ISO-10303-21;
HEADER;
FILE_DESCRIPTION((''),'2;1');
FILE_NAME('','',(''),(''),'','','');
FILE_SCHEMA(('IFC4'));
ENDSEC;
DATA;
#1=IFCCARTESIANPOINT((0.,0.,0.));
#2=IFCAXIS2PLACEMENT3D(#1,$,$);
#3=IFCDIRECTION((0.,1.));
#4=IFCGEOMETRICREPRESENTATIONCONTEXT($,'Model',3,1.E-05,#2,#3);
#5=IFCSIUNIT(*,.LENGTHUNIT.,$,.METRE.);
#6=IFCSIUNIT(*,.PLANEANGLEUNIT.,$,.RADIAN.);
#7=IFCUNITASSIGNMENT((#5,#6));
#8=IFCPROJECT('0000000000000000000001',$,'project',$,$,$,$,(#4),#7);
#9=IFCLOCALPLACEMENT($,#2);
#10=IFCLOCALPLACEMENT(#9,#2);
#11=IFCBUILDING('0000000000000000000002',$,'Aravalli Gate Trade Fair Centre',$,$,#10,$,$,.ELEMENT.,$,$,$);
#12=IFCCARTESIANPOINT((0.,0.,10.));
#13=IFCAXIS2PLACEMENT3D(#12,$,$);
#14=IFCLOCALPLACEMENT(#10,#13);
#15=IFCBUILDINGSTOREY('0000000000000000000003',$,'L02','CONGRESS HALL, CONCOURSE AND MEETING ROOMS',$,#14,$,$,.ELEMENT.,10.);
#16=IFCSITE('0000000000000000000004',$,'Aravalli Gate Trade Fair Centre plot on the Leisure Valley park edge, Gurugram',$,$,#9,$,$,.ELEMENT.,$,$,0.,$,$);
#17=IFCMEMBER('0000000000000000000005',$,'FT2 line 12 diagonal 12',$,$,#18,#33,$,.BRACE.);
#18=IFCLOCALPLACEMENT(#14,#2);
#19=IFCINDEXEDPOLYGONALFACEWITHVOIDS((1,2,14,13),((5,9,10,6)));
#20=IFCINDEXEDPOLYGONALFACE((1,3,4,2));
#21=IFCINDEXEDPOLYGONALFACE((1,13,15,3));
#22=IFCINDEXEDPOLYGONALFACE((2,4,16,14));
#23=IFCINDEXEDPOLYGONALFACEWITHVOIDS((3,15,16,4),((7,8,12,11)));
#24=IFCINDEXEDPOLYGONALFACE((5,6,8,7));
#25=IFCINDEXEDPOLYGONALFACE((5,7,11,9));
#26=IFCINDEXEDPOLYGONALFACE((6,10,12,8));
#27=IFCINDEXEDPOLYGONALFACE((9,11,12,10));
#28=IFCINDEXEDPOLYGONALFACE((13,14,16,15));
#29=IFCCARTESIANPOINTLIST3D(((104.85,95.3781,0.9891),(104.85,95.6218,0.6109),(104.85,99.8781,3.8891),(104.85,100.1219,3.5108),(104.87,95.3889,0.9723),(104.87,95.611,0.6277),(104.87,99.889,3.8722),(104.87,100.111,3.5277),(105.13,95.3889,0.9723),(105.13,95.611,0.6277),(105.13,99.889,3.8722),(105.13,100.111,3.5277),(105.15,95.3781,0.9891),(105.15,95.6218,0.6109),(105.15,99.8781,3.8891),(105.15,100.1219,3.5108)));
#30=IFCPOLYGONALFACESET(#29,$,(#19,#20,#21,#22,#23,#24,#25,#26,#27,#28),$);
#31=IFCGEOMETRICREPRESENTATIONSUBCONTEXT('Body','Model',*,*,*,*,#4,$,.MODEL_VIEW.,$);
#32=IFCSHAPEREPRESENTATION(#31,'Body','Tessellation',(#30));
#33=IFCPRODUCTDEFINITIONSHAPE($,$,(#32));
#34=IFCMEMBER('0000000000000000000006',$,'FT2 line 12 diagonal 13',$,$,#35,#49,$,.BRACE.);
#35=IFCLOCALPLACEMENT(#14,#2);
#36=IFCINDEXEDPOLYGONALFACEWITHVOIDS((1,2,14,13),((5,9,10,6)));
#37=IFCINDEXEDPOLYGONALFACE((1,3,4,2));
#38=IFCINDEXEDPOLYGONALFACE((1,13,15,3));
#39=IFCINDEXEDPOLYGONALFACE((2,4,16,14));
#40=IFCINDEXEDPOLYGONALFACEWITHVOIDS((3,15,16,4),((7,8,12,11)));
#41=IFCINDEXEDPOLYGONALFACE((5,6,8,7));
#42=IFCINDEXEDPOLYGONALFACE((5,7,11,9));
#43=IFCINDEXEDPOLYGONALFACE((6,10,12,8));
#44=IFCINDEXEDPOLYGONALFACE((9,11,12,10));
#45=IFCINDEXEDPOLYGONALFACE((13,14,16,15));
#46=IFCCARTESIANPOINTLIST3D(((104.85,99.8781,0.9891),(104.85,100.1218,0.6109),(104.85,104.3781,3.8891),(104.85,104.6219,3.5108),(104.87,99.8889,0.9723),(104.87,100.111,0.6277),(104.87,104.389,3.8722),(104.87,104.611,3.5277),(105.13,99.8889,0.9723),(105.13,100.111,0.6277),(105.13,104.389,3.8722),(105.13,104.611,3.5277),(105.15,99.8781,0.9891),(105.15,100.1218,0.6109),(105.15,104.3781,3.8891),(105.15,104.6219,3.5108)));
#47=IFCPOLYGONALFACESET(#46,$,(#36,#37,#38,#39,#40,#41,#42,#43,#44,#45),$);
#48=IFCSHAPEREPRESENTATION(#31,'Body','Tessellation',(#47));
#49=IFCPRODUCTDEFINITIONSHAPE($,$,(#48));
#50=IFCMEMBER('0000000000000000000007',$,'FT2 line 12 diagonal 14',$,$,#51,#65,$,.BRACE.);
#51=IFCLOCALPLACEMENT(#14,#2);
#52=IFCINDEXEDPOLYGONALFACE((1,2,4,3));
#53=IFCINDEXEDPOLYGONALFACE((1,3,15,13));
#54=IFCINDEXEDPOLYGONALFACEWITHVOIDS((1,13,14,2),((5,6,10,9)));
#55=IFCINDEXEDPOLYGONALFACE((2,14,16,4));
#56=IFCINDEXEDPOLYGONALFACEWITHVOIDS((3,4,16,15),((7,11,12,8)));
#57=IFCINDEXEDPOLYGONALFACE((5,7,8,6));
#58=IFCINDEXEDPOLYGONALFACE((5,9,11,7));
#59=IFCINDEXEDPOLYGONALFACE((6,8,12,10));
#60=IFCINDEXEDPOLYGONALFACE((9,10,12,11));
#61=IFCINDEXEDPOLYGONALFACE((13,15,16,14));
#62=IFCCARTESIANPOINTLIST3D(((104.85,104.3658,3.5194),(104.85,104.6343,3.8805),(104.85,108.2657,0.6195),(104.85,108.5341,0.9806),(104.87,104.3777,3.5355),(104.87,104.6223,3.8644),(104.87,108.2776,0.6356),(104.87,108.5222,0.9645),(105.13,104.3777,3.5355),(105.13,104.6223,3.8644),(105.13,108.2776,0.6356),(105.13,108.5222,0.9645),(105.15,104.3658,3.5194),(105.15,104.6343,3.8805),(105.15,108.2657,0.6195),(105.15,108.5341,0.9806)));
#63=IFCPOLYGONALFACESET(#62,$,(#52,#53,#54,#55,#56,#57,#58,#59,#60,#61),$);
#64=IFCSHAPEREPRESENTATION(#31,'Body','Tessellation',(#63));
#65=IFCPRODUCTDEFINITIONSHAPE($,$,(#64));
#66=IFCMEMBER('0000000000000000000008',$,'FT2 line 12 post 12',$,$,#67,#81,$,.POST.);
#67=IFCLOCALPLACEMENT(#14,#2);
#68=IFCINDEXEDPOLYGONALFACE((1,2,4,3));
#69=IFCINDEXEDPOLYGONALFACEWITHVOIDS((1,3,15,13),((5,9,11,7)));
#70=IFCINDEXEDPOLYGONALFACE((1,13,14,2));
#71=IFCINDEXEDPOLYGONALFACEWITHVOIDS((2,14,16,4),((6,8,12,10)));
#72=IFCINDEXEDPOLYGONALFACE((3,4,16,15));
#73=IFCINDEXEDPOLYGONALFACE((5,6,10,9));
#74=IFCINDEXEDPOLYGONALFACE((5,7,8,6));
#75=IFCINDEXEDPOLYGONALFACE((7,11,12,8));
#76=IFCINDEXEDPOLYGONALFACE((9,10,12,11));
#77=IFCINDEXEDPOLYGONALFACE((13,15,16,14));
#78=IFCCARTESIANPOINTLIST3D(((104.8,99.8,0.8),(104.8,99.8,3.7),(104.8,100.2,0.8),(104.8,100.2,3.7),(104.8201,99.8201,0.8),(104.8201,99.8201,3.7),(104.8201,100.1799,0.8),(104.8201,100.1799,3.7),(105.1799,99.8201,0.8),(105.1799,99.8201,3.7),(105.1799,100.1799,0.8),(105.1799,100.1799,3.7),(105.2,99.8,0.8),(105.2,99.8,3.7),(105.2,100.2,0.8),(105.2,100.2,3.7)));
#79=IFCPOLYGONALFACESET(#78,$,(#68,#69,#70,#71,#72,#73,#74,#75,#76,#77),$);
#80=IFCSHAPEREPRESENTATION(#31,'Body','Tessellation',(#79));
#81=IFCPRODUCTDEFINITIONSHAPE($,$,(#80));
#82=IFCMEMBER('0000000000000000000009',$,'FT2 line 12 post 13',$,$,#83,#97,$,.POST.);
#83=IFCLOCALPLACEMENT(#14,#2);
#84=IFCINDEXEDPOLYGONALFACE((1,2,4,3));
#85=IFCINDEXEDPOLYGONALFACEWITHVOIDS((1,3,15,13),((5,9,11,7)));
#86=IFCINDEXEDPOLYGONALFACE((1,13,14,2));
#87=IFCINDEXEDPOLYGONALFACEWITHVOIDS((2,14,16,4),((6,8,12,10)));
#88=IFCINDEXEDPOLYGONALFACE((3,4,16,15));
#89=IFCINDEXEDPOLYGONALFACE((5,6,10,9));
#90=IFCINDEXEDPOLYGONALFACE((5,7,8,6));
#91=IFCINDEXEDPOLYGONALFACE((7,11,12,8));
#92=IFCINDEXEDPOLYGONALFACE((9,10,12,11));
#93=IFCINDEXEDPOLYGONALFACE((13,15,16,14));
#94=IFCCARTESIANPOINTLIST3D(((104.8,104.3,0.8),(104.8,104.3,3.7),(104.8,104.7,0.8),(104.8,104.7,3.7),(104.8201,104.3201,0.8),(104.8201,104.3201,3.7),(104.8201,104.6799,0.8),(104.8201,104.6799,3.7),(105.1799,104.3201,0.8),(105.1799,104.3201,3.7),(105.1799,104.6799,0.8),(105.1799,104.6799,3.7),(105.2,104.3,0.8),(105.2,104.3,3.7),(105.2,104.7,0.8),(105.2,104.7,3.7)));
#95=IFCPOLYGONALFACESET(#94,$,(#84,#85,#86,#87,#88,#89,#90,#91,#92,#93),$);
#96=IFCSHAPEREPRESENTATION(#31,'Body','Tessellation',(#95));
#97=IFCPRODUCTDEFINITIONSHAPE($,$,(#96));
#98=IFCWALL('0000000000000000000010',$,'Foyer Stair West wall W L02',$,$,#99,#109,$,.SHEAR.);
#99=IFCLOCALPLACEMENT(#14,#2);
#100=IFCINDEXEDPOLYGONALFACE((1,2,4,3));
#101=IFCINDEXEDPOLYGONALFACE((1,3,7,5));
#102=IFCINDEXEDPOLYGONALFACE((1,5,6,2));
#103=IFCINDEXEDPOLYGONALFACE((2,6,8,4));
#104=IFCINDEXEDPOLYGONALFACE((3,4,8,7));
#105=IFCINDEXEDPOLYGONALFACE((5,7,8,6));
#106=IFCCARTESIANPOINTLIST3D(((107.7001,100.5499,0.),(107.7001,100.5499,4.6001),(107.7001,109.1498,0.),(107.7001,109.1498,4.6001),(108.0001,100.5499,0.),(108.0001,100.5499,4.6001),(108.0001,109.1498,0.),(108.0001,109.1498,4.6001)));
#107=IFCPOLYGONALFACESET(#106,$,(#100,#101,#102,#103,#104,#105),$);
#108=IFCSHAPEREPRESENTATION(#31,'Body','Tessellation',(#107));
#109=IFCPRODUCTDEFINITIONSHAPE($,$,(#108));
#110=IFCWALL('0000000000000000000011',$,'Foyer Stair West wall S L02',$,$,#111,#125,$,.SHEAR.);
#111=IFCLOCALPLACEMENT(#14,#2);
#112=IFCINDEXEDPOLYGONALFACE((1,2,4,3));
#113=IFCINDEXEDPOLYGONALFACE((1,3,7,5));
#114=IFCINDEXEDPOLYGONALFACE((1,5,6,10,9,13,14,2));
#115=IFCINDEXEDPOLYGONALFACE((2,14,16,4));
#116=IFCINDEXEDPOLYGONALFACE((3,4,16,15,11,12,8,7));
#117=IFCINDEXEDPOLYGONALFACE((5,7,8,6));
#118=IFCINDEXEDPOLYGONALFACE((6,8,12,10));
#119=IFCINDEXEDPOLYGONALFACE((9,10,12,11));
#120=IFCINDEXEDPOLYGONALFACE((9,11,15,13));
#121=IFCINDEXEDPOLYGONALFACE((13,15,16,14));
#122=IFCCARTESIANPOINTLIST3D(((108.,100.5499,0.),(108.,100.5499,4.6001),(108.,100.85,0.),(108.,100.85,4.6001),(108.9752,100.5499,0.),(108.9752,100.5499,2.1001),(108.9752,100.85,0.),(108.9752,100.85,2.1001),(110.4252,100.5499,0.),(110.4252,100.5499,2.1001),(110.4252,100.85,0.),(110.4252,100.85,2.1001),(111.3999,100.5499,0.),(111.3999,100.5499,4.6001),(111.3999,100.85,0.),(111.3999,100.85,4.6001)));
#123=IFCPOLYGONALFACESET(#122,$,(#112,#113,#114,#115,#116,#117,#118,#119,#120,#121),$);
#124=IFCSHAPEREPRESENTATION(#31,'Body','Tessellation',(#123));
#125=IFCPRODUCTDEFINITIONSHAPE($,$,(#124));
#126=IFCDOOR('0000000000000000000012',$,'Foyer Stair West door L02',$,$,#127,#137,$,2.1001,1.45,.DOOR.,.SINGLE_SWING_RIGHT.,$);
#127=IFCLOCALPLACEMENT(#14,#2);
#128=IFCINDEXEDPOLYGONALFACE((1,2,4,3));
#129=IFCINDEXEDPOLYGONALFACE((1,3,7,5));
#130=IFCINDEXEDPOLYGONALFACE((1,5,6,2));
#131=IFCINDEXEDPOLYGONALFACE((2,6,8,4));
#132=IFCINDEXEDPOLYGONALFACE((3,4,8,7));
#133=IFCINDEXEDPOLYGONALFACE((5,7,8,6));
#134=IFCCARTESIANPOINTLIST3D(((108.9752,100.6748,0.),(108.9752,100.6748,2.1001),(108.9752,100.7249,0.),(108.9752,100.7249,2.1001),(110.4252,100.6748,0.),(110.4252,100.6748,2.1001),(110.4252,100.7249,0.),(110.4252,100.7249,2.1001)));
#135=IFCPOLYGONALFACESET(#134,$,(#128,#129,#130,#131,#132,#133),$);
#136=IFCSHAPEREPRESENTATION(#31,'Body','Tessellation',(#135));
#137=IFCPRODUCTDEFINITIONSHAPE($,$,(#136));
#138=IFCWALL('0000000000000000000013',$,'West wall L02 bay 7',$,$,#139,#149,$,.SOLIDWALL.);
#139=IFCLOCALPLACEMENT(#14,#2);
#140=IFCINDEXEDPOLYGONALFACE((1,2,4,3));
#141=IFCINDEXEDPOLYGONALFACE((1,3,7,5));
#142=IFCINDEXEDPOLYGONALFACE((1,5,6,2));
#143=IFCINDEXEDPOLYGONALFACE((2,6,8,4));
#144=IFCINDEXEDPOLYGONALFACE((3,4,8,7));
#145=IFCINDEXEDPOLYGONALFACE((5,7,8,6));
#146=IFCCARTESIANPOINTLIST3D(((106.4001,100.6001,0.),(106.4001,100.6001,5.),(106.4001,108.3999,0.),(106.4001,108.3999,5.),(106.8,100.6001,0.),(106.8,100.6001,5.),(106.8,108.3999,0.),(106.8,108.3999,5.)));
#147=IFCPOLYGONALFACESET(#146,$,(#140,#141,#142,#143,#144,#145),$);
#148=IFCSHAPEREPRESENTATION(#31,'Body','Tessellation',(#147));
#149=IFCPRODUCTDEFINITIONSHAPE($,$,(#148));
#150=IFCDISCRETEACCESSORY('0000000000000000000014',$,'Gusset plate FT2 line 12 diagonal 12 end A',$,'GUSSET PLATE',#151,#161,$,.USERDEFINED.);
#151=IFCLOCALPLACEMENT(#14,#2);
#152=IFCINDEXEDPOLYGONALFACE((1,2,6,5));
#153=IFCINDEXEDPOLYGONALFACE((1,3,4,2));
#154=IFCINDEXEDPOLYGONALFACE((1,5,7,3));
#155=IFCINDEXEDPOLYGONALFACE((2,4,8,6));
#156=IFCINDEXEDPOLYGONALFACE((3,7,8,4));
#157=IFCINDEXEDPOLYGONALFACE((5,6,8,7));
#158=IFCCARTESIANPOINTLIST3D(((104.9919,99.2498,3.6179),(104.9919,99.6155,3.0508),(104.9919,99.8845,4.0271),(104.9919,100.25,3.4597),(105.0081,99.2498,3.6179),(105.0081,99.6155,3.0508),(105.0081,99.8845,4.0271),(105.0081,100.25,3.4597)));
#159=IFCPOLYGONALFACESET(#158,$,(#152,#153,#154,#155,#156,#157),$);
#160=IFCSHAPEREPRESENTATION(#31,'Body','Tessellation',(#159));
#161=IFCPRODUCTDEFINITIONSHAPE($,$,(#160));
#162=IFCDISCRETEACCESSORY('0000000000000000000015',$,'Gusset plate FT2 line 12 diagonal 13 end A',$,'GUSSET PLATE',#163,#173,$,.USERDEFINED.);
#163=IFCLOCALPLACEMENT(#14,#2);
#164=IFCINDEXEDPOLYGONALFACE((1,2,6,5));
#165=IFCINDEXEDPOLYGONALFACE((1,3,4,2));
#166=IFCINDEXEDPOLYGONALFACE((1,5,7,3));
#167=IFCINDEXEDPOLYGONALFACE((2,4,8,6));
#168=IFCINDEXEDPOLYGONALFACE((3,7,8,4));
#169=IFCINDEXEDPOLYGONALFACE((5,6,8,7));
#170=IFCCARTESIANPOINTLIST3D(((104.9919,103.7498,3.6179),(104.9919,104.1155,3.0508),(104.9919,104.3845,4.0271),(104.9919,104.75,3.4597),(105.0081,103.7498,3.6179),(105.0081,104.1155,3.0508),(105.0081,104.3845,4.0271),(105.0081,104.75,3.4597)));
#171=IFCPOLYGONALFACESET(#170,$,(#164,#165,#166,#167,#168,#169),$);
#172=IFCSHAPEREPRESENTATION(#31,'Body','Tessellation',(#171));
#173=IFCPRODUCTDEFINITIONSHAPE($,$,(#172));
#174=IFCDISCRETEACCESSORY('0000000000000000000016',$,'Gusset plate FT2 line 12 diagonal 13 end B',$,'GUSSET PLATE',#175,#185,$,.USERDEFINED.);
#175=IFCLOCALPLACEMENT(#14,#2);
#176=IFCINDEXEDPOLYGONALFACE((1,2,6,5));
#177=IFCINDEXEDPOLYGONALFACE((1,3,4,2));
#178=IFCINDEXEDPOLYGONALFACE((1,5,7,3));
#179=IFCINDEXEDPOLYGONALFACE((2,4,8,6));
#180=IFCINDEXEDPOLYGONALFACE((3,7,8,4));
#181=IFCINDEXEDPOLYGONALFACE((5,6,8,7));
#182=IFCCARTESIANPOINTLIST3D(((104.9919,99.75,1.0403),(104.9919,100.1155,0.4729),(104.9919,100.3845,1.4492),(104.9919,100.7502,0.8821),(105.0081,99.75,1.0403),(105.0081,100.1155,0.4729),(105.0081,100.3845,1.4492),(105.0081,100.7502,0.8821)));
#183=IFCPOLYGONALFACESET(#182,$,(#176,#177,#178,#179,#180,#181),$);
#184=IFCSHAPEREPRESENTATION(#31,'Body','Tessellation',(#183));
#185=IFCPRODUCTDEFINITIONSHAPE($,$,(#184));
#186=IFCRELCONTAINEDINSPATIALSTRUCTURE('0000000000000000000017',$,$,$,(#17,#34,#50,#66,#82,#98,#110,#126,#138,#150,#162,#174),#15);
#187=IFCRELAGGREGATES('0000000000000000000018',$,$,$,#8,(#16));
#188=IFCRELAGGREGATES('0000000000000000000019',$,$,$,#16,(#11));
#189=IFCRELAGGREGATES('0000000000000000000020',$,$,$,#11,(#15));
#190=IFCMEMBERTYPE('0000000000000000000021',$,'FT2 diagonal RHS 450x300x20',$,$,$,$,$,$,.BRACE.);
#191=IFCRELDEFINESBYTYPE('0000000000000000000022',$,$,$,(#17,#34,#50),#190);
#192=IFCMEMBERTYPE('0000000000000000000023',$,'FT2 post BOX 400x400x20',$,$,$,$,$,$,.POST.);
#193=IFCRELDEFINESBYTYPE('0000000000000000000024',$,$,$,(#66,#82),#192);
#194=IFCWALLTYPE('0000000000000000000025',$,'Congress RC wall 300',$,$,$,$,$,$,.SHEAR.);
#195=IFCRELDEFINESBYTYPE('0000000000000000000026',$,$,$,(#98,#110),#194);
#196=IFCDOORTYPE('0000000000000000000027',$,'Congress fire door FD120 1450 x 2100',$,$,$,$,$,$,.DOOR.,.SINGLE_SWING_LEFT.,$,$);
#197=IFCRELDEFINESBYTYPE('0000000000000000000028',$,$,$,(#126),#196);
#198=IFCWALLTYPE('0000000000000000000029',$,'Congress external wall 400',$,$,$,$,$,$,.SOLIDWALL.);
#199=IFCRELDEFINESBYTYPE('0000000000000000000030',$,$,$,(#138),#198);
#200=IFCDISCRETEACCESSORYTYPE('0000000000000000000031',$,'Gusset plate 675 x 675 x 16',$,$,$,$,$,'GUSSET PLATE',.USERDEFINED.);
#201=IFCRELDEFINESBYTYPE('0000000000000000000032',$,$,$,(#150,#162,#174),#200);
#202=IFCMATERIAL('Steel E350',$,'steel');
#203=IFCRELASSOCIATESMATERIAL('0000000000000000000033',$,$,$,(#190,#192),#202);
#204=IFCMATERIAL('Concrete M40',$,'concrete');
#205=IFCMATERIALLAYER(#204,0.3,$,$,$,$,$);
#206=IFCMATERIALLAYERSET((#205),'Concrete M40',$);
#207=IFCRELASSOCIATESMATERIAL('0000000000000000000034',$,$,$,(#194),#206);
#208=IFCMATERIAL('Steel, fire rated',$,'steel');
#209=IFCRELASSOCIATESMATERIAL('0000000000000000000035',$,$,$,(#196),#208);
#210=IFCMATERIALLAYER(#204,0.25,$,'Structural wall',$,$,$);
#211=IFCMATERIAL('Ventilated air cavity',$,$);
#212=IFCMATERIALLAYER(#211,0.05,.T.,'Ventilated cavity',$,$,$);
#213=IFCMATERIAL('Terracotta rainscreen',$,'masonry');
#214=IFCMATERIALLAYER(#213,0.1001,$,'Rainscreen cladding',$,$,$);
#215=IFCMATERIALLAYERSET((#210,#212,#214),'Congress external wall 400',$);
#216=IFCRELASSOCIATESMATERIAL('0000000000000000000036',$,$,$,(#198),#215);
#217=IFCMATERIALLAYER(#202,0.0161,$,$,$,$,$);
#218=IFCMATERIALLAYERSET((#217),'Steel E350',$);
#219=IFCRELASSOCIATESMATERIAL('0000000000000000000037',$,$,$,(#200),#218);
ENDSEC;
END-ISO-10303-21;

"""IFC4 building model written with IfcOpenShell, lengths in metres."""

from ifc_helpers import new_model, si_unit, direction, frame, frame_2d, origin, origin_2d, place, context, subcontext, project, spatial, polyline, rectangle, hollow_rectangle, outline, extrude, material, layer, layer_set, material_profile, profile_set, type_object, element, fill, save


model = new_model("IFC4")

# Units and contexts
model_context = context("Model", 3, precision=1e-05, world=origin(), true_north=direction((0.0, 1.0)))
body_context = subcontext(model_context, "Body", "Model", "MODEL_VIEW")
ifc_project = project(units=[si_unit("LENGTHUNIT", "METRE"), si_unit("PLANEANGLEUNIT", "RADIAN")], contexts=[model_context])

# Site, building, storey
site_placement = place(None, origin())
site = spatial("IfcSite", under=ifc_project, at=site_placement, Name="Aravalli Gate Trade Fair Centre plot on the Leisure Valley park edge, Gurugram", CompositionType="ELEMENT", RefElevation=0.0)
building_placement = place(site_placement, origin())
building = spatial("IfcBuilding", under=site, at=building_placement, Name="Aravalli Gate Trade Fair Centre", CompositionType="ELEMENT")
storey_placement = place(building_placement, frame((0.0, 0.0, 10.0)))
storey = spatial("IfcBuildingStorey", under=building, at=storey_placement, Name="L02", Description="CONGRESS HALL, CONCOURSE AND MEETING ROOMS", CompositionType="ELEMENT", Elevation=10.0)

# Members
ifc_material_1 = material(Name="Steel E350", Category="steel")
ifc_material_profile_1 = material_profile(ifc_material_1, hollow_rectangle(XDim=0.3, YDim=0.45, WallThickness=0.02, at=origin_2d()), Name="RHS 450x300x20")
ifc_profile_set_1 = profile_set([ifc_material_profile_1], Name="Steel E350")
member_type_1 = type_object("IfcMemberType", Name="FT2 diagonal RHS 450x300x20", PredefinedType="BRACE", material=ifc_profile_set_1)
for number, where, z_axis, x_axis, name in (
    (1, (105.0, 100.0, 3.7), (0.0, -0.840579, -0.541688), (1.0, 0.0, 0.0), "FT2 line 12 diagonal 12"),
    (2, (105.0, 104.5, 3.7), (0.0, -0.840579, -0.541688), (1.0, 0.0, 0.0), "FT2 line 12 diagonal 13"),
):
    element("IfcMember", number, at=place(storey_placement, frame(where, z_axis=z_axis, x_axis=x_axis)), inside=storey, type_object=member_type_1, Name=name, PredefinedType="BRACE", context=body_context, shape_type="SweptSolid", body=[
        extrude(hollow_rectangle(XDim=0.3, YDim=0.45, WallThickness=0.02, at=origin_2d()), origin(), (0.0, 0.0, 1.0), 5.3535),
    ])
member_1_placement = place(storey_placement, frame((105.0, 108.3999, 0.8), z_axis=(0.0, -0.802465, 0.596699), x_axis=(1.0, 0.0, 0.0)))
element("IfcMember", 3, at=member_1_placement, inside=storey, type_object=member_type_1, Name="FT2 line 12 diagonal 14", PredefinedType="BRACE", context=body_context, shape_type="SweptSolid", body=[
    extrude(hollow_rectangle(XDim=0.3, YDim=0.45, WallThickness=0.02, at=origin_2d()), origin(), (0.0, 0.0, 1.0), 4.8599),
])
ifc_material_profile_2 = material_profile(ifc_material_1, hollow_rectangle(XDim=0.3999, YDim=0.3999, WallThickness=0.02, at=origin_2d()), Name="BOX 400x400x20")
ifc_profile_set_2 = profile_set([ifc_material_profile_2], Name="Steel E350")
member_type_2 = type_object("IfcMemberType", Name="FT2 post BOX 400x400x20", PredefinedType="POST", material=ifc_profile_set_2)
for number, where, z_axis, x_axis, name in (
    (4, (105.0, 100.0, 0.8), (0.0, 0.0, 1.0), (1.0, 0.0, 0.0), "FT2 line 12 post 12"),
    (5, (105.0, 104.5, 0.8), (0.0, 0.0, 1.0), (1.0, 0.0, 0.0), "FT2 line 12 post 13"),
):
    element("IfcMember", number, at=place(storey_placement, frame(where, z_axis=z_axis, x_axis=x_axis)), inside=storey, type_object=member_type_2, Name=name, PredefinedType="POST", context=body_context, shape_type="SweptSolid", body=[
        extrude(hollow_rectangle(XDim=0.3999, YDim=0.3999, WallThickness=0.02, at=origin_2d()), origin(), (0.0, 0.0, 1.0), 2.8999),
    ])

# Wall
ifc_material_2 = material(Name="Concrete M40", Category="concrete")
ifc_layer_1 = layer(ifc_material_2, 0.3)
ifc_layer_set_1 = layer_set([ifc_layer_1], Name="Concrete M40")
wall_type_1 = type_object("IfcWallType", Name="Congress RC wall 300", PredefinedType="SHEAR", material=ifc_layer_set_1)
wall_1_placement = place(storey_placement, frame((107.8501, 100.55, 0.0), z_axis=(0.0, 0.0, 1.0), x_axis=(0.0, 1.0, 0.0)))
element("IfcWall", 6, at=wall_1_placement, inside=storey, type_object=wall_type_1, Name="Foyer Stair West wall W L02", PredefinedType="SHEAR", context=body_context, shape_type="SweptSolid", body=[
    extrude(rectangle(XDim=8.5999, YDim=0.3, at=frame_2d((4.2998, 0.0))), origin(), (0.0, 0.0, 1.0), 4.6001),
])

# Wall, opening, door
wall_2_placement = place(storey_placement, frame((108.0, 100.7, 0.0), z_axis=(0.0, 0.0, 1.0), x_axis=(1.0, 0.0, 0.0)))
wall_2 = element("IfcWall", 7, at=wall_2_placement, inside=storey, type_object=wall_type_1, Name="Foyer Stair West wall S L02", PredefinedType="SHEAR", context=body_context, shape_type="SweptSolid", body=[
    extrude(rectangle(XDim=3.3999, YDim=0.3, at=frame_2d((1.7, 0.0))), origin(), (0.0, 0.0, 1.0), 4.6001),
])
opening_placement = place(wall_2_placement, frame((0.9751, 0.0, 0.0)))
opening = element("IfcOpeningElement", 8, at=opening_placement, cuts=wall_2, PredefinedType="OPENING", context=body_context, shape_type="SweptSolid", body=[
    extrude(rectangle(XDim=1.45, YDim=2.1001, at=frame_2d((0.7251, 1.05))), frame((0.0, 0.1599, 0.0), z_axis=(0.0, -1.0, 0.0), x_axis=(1.0, 0.0, 0.0)), (0.0, 0.0, 1.0), 0.3201),
])
ifc_material_3 = material(Name="Steel, fire rated", Category="steel")
door_type = type_object("IfcDoorType", Name="Congress fire door FD120 1450 x 2100", OperationType="SINGLE_SWING_LEFT", PredefinedType="DOOR", material=ifc_material_3)
door_placement = place(opening_placement, origin())
door = element("IfcDoor", 9, at=door_placement, inside=storey, type_object=door_type, Name="Foyer Stair West door L02", OperationType="SINGLE_SWING_RIGHT", OverallHeight=2.1001, OverallWidth=1.45, PredefinedType="DOOR", context=body_context, shape_type="SweptSolid", body=[
    extrude(rectangle(XDim=1.45, YDim=2.1001, at=frame_2d((0.7251, 1.05))), frame((0.0, 0.0249, 0.0), z_axis=(0.0, -1.0, 0.0), x_axis=(1.0, 0.0, 0.0)), (0.0, 0.0, 1.0), 0.05),
])
fill(opening, door)

# Wall
ifc_layer_2 = layer(ifc_material_2, 0.25, Name="Structural wall")
ifc_material_4 = material(Name="Ventilated air cavity")
ifc_layer_3 = layer(ifc_material_4, 0.05, ventilated=True, Name="Ventilated cavity")
ifc_material_5 = material(Name="Terracotta rainscreen", Category="masonry")
ifc_layer_4 = layer(ifc_material_5, 0.1001, Name="Rainscreen cladding")
ifc_layer_set_2 = layer_set([ifc_layer_2, ifc_layer_3, ifc_layer_4], Name="Congress external wall 400")
wall_type_2 = type_object("IfcWallType", Name="Congress external wall 400", PredefinedType="SOLIDWALL", material=ifc_layer_set_2)
wall_3_placement = place(storey_placement, frame((106.6001, 100.6001, 0.0), z_axis=(0.0, 0.0, 1.0), x_axis=(0.0, 1.0, 0.0)))
element("IfcWall", 10, at=wall_3_placement, inside=storey, type_object=wall_type_2, Name="West wall L02 bay 7", PredefinedType="SOLIDWALL", context=body_context, shape_type="SweptSolid", body=[
    extrude(rectangle(XDim=7.7998, YDim=0.3999, at=frame_2d((3.8999, 0.0))), origin(), (0.0, 0.0, 1.0), 5.0),
])

# Discrete accessories
ifc_layer_5 = layer(ifc_material_1, 0.0161)
ifc_layer_set_3 = layer_set([ifc_layer_5], Name="Steel E350")
discrete_accessory_type_1 = type_object("IfcDiscreteAccessoryType", Name="Gusset plate 675 x 675 x 16", ElementType="GUSSET PLATE", PredefinedType="USERDEFINED", material=ifc_layer_set_3)
for number, where, z_axis, x_axis, name in (
    (11, (104.9919, 99.2498, 3.6179), (-1.0, 0.0, 0.0), (0.0, 0.840506, 0.541803), "Gusset plate FT2 line 12 diagonal 12 end A"),
    (12, (104.9919, 103.7498, 3.6179), (-1.0, 0.0, 0.0), (0.0, 0.840506, 0.541803), "Gusset plate FT2 line 12 diagonal 13 end A"),
):
    element("IfcDiscreteAccessory", number, at=place(storey_placement, frame(where, z_axis=z_axis, x_axis=x_axis)), inside=storey, type_object=discrete_accessory_type_1, Name=name, ObjectType="GUSSET PLATE", PredefinedType="USERDEFINED", context=body_context, shape_type="SweptSolid", body=[
        extrude(outline(polyline([(0.0, 0.0), (0.7552, 0.0), (0.755, 0.6749), (0.0001, 0.6748), (0.0, 0.0)])), origin(), (0.0, 0.0, -1.0), 0.0161),
    ])
discrete_accessory_1_placement = place(storey_placement, frame((105.0081, 100.3845, 1.4492), z_axis=(1.0, 0.0, 0.0), x_axis=(0.0, -0.840558, -0.541722)))
element("IfcDiscreteAccessory", 13, at=discrete_accessory_1_placement, inside=storey, type_object=discrete_accessory_type_1, Name="Gusset plate FT2 line 12 diagonal 13 end B", ObjectType="GUSSET PLATE", PredefinedType="USERDEFINED", context=body_context, shape_type="SweptSolid", body=[
    extrude(outline(polyline([(0.0, 0.0), (0.7549, 0.0), (0.755, 0.6749), (-0.0002, 0.6748), (0.0, 0.0)])), origin(), (0.0, 0.0, -1.0), 0.0161),
])

save(model, "model.ifc")
